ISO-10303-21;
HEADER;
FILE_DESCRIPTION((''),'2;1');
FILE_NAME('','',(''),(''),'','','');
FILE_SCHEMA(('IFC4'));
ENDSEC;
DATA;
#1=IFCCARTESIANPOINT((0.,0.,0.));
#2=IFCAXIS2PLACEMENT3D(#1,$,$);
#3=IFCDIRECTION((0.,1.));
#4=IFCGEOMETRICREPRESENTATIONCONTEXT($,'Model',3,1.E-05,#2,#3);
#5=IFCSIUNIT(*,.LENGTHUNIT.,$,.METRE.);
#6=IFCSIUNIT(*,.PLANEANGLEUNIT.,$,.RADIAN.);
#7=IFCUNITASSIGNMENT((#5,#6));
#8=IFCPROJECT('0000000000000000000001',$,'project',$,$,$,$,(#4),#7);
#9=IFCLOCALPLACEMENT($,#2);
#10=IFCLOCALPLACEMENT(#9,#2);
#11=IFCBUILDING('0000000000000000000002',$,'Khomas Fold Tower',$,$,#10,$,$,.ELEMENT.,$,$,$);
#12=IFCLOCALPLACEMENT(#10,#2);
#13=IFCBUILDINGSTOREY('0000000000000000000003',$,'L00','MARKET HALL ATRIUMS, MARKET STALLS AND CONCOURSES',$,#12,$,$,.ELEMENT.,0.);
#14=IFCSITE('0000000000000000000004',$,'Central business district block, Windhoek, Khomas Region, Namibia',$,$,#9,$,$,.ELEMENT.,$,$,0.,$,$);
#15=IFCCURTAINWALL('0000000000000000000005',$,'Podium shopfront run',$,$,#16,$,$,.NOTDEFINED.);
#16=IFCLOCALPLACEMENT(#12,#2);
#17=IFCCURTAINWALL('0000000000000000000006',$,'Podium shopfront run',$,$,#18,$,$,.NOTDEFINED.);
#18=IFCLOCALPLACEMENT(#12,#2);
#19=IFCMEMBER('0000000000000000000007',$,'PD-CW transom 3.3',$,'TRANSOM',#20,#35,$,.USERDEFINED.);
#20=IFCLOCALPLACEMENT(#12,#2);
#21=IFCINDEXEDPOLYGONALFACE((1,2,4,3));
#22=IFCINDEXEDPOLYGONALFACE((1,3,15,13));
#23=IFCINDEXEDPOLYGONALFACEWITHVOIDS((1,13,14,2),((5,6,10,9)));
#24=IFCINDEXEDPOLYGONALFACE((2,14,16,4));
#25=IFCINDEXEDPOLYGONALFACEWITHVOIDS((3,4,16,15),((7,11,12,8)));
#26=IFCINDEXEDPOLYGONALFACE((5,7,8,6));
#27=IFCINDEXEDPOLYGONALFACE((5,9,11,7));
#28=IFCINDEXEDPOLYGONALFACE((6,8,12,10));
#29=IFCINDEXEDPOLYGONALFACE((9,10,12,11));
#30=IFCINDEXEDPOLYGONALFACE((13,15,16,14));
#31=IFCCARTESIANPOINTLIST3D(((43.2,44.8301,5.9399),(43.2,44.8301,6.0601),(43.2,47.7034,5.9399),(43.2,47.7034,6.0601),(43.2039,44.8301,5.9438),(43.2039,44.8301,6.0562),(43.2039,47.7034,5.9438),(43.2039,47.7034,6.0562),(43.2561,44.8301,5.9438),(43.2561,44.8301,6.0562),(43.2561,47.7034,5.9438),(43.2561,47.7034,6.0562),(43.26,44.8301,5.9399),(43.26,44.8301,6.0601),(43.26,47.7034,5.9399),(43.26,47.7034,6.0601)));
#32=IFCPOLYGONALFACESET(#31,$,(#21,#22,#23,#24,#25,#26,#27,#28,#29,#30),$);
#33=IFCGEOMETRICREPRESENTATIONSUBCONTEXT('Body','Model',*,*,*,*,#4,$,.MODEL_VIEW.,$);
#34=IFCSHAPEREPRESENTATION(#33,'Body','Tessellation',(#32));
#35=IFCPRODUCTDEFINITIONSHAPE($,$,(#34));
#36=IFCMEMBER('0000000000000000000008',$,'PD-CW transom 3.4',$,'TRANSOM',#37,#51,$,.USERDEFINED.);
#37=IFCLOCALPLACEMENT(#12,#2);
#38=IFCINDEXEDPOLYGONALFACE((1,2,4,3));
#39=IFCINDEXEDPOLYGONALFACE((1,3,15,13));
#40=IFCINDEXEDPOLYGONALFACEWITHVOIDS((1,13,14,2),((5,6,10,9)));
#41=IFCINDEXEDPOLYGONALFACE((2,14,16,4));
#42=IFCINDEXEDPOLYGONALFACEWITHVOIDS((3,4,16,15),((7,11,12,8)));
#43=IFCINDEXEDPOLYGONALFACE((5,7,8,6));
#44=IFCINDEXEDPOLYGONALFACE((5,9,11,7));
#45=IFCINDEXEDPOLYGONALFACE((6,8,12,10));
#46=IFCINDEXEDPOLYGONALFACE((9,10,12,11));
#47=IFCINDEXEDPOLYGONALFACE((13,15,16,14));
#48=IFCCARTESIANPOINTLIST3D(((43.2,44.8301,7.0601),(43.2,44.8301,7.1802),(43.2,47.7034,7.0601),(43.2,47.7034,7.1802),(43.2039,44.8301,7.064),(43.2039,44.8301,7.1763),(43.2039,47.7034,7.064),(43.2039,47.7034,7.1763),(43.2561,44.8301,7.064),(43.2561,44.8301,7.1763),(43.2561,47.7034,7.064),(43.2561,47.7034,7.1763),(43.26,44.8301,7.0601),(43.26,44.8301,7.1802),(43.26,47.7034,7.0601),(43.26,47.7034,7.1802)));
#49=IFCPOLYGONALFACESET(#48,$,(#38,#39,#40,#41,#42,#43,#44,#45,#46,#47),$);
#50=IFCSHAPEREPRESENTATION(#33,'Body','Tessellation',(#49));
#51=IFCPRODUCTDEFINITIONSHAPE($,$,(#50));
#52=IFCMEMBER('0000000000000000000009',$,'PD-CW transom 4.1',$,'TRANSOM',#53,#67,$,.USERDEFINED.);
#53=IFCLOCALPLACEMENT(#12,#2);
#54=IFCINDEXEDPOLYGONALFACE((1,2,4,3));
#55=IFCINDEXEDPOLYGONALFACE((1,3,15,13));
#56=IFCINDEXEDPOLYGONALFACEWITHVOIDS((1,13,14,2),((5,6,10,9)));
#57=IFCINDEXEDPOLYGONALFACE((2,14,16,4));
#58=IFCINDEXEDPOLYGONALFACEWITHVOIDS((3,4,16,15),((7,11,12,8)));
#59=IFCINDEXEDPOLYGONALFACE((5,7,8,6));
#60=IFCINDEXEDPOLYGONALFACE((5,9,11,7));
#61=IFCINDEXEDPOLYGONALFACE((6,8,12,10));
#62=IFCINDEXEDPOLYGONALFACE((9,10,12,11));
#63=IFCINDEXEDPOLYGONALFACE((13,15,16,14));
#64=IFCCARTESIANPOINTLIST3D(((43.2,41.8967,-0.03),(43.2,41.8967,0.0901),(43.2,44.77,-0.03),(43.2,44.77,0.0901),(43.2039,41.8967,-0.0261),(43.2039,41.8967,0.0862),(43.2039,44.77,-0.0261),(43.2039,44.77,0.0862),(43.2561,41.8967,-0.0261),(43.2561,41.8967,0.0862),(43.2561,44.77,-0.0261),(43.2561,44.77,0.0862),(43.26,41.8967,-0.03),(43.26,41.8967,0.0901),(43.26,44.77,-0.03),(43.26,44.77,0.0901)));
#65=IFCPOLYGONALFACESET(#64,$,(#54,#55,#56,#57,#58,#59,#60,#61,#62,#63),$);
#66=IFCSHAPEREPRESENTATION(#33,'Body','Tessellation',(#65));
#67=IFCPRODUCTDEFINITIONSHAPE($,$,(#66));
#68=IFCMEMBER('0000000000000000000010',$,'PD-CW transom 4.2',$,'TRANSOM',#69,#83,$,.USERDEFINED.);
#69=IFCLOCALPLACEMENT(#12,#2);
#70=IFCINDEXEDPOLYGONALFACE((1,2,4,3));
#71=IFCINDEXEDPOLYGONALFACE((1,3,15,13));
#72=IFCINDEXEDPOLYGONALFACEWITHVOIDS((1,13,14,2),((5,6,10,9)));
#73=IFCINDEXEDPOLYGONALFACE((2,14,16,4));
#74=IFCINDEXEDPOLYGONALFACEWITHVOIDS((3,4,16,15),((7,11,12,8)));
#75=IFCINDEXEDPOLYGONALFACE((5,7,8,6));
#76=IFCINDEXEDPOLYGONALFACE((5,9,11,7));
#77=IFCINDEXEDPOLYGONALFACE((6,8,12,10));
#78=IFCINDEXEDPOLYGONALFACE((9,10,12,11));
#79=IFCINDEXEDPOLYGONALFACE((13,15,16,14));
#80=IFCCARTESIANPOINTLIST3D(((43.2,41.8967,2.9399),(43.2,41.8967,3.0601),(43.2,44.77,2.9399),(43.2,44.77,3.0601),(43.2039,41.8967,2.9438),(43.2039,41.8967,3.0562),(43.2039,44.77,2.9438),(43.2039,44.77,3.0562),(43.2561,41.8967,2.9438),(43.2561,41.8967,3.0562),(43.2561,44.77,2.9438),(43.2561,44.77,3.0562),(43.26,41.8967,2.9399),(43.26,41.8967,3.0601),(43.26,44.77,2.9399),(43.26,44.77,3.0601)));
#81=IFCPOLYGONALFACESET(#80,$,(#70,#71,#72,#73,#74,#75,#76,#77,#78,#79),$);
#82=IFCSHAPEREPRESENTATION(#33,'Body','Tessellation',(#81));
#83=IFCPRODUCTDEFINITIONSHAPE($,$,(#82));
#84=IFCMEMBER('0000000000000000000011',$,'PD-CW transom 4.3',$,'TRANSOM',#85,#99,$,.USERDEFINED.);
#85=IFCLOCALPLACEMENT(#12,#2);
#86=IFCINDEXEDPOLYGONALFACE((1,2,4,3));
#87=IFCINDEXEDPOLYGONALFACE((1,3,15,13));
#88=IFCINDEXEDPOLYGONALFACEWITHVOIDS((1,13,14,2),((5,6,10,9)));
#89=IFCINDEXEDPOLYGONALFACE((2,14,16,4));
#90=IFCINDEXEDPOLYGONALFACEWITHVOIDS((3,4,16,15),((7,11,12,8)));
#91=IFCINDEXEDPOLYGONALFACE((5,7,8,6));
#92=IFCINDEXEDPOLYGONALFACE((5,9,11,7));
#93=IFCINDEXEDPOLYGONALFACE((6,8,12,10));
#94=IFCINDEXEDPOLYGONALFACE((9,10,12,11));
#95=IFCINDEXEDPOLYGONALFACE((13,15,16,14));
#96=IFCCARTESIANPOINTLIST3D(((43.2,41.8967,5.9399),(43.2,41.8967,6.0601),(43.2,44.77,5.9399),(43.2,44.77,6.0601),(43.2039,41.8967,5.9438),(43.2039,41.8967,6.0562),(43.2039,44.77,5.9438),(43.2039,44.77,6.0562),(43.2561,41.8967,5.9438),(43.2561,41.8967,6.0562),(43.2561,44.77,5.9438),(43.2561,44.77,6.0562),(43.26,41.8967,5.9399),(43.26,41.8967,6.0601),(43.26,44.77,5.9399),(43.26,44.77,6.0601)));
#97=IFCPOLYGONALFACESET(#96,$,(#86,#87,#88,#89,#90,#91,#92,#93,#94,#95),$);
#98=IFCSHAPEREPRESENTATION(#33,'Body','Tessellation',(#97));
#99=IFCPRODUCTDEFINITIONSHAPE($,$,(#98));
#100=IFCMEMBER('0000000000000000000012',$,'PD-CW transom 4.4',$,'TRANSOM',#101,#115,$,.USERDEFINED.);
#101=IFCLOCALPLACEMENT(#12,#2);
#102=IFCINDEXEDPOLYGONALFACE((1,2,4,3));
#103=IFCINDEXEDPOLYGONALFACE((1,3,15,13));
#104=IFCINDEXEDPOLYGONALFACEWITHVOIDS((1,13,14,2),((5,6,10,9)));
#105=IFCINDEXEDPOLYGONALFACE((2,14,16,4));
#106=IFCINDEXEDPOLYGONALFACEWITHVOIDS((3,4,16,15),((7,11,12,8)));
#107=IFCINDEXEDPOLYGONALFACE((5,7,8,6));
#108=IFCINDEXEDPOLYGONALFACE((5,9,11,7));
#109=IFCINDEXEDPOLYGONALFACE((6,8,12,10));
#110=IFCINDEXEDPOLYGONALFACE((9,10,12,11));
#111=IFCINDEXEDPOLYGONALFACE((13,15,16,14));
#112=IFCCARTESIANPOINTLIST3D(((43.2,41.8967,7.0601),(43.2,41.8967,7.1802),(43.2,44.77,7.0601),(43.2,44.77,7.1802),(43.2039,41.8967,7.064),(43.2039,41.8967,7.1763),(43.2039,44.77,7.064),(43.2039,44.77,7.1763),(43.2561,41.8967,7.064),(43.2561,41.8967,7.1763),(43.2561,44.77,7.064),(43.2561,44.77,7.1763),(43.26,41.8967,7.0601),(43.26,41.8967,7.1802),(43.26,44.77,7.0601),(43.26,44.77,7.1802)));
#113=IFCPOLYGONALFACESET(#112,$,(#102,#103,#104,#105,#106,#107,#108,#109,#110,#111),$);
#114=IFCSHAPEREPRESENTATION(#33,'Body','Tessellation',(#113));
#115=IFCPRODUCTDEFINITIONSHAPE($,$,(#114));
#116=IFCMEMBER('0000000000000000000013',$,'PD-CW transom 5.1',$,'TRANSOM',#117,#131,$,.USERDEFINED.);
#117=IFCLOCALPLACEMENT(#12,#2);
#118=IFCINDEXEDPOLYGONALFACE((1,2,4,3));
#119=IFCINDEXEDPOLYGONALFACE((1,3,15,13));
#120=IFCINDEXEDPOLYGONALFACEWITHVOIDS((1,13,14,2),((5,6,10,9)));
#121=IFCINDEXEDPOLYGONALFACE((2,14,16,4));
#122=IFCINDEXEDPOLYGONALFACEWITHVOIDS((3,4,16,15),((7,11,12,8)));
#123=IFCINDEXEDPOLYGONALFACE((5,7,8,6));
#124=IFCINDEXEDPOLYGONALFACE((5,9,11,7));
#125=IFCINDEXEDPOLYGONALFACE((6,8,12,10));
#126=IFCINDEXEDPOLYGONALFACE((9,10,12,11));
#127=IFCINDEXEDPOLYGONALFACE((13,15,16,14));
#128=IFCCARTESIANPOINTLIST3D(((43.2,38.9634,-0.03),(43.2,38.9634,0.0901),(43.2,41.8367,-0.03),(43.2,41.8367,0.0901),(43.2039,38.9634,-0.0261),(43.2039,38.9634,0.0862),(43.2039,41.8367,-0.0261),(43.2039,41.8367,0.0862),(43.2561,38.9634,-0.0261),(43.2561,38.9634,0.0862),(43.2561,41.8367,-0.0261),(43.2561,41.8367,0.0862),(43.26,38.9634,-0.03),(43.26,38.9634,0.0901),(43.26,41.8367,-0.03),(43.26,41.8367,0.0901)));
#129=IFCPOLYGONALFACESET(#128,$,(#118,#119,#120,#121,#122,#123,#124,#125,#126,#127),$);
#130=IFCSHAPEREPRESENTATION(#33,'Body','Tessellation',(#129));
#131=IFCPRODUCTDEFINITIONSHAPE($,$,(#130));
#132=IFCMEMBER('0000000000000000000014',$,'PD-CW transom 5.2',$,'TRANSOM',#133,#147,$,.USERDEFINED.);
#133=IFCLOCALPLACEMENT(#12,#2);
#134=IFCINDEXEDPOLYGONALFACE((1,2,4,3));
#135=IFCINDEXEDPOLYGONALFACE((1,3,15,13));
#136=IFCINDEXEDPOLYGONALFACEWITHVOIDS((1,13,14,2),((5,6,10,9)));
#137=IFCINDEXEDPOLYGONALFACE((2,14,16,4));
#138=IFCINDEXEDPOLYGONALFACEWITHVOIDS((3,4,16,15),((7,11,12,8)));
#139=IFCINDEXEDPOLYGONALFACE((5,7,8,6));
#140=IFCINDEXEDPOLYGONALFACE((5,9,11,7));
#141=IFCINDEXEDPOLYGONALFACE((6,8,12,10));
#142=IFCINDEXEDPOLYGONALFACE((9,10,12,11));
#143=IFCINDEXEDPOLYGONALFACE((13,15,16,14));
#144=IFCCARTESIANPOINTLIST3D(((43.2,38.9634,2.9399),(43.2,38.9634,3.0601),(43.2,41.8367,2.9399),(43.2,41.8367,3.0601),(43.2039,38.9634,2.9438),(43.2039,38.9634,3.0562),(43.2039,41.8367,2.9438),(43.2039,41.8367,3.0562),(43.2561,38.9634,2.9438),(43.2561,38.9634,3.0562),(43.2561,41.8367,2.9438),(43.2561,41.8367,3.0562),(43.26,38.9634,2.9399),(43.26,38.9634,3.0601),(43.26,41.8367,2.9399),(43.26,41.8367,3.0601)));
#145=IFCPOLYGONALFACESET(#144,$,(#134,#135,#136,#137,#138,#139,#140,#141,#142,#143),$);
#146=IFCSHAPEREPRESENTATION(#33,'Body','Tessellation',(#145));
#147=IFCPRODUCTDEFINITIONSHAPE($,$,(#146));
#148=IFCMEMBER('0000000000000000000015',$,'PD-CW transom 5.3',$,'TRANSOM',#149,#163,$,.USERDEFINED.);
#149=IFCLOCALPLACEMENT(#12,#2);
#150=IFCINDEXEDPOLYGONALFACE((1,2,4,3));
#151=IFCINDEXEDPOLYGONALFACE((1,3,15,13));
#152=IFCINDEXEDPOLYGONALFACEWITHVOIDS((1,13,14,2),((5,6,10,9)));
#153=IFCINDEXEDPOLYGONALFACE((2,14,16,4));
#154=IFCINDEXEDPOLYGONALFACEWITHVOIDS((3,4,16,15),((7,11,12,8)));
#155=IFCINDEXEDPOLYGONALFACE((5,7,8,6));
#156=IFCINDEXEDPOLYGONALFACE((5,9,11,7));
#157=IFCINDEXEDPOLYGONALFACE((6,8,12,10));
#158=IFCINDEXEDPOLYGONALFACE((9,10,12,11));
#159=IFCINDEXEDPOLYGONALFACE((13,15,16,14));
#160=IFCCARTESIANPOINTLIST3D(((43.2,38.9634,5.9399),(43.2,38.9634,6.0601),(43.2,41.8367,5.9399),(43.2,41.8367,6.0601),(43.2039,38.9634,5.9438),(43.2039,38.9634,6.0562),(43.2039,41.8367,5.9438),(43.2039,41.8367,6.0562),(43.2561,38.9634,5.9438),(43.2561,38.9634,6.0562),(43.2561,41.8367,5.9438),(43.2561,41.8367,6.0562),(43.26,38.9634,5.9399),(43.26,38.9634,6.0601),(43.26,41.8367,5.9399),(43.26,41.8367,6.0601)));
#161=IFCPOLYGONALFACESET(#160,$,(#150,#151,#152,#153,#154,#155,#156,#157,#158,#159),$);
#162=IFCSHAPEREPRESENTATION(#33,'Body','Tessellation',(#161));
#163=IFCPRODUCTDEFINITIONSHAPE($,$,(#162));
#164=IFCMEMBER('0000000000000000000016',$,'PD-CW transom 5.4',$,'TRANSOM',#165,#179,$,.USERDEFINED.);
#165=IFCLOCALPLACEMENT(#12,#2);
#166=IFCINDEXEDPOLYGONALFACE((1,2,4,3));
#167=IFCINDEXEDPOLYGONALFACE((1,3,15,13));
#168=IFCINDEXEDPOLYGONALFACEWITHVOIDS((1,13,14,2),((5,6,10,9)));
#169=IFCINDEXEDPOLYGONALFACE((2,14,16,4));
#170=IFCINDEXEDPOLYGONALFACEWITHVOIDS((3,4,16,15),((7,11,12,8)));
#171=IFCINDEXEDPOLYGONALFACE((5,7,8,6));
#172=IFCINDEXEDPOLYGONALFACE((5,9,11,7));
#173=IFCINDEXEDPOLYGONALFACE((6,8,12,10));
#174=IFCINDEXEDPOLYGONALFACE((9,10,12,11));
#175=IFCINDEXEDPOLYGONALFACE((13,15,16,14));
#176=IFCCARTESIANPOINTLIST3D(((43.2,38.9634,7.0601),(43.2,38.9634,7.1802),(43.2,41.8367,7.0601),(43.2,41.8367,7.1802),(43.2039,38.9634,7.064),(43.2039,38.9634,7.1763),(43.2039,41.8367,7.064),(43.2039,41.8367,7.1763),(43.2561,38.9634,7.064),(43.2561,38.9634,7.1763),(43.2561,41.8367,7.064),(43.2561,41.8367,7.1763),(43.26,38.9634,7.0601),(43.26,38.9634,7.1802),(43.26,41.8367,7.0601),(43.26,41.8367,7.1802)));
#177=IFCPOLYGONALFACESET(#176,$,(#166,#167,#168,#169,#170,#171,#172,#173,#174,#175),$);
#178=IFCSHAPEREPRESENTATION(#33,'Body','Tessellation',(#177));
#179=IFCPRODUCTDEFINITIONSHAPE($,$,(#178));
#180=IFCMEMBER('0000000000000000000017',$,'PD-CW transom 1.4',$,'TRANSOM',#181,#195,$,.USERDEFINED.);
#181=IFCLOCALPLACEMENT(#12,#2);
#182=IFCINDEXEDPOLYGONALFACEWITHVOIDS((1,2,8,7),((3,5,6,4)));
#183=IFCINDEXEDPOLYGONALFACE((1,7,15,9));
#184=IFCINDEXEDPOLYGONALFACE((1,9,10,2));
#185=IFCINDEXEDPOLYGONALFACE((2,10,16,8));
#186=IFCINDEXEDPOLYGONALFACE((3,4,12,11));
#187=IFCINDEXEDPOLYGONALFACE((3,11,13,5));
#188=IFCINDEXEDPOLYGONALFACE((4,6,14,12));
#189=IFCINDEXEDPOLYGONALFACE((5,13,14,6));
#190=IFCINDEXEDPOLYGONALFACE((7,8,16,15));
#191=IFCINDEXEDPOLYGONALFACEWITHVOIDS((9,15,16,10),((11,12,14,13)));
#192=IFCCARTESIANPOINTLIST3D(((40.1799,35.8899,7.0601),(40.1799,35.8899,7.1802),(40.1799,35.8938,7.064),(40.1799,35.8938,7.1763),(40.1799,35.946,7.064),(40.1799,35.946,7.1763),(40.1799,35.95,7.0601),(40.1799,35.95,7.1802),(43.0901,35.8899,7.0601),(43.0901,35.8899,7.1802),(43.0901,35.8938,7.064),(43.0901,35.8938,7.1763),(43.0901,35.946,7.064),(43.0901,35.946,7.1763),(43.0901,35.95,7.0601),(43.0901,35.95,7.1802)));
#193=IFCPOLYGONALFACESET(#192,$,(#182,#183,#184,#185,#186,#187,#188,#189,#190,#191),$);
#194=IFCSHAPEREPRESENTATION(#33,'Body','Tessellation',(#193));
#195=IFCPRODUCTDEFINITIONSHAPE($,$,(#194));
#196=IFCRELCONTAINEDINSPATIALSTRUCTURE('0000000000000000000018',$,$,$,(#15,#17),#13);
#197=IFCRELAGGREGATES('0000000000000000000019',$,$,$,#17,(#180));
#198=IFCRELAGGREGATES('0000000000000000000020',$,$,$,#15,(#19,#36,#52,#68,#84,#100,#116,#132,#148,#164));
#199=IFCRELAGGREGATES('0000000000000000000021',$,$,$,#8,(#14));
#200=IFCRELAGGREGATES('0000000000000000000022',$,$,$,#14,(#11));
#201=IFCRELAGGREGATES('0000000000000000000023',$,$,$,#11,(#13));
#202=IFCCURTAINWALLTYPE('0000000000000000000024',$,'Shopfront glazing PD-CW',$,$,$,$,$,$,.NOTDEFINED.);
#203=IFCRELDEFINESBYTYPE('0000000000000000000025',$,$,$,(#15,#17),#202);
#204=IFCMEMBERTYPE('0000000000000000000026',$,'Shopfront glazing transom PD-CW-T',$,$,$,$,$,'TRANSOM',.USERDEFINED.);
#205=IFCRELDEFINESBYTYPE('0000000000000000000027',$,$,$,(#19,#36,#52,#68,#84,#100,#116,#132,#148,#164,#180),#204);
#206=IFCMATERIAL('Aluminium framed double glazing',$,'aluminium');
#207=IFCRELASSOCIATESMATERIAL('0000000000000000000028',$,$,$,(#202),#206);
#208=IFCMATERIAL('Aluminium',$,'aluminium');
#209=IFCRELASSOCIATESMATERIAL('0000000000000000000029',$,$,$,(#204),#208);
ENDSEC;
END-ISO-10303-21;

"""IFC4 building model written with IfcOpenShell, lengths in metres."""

from ifc_helpers import new_model, si_unit, direction, frame, origin, origin_2d, place, context, subcontext, project, spatial, hollow_rectangle, extrude, source, transform, mapped, material, material_profile, profile_set, type_object, element, aggregate, save


model = new_model("IFC4")

# Units and contexts
model_context = context("Model", 3, precision=1e-05, world=origin(), true_north=direction((0.0, 1.0)))
body_context = subcontext(model_context, "Body", "Model", "MODEL_VIEW")
ifc_project = project(units=[si_unit("LENGTHUNIT", "METRE"), si_unit("PLANEANGLEUNIT", "RADIAN")], contexts=[model_context])

# Site, building, storey
site_placement = place(None, origin())
site = spatial("IfcSite", under=ifc_project, at=site_placement, Name="Central business district block, Windhoek, Khomas Region, Namibia", CompositionType="ELEMENT", RefElevation=0.0)
building_placement = place(site_placement, origin())
building = spatial("IfcBuilding", under=site, at=building_placement, Name="Khomas Fold Tower", CompositionType="ELEMENT")
storey_placement = place(building_placement, origin())
storey = spatial("IfcBuildingStorey", under=building, at=storey_placement, Name="L00", Description="MARKET HALL ATRIUMS, MARKET STALLS AND CONCOURSES", CompositionType="ELEMENT", Elevation=0.0)

# Curtain wall
ifc_material_1 = material(Name="Aluminium framed double glazing", Category="aluminium")
curtain_wall_type = type_object("IfcCurtainWallType", Name="Shopfront glazing PD-CW", PredefinedType="NOTDEFINED", material=ifc_material_1)
curtain_wall_1_placement = place(storey_placement, origin())
curtain_wall_1 = element("IfcCurtainWall", 1, at=curtain_wall_1_placement, inside=storey, type_object=curtain_wall_type, Name="Podium shopfront run", PredefinedType="NOTDEFINED")

# Curtain wall
curtain_wall_2_placement = place(storey_placement, origin())
curtain_wall_2 = element("IfcCurtainWall", 2, at=curtain_wall_2_placement, inside=storey, type_object=curtain_wall_type, Name="Podium shopfront run", PredefinedType="NOTDEFINED")

# Members
ifc_material_2 = material(Name="Aluminium", Category="aluminium")
ifc_material_profile_1 = material_profile(ifc_material_2, hollow_rectangle(XDim=0.0601, YDim=0.1201, WallThickness=0.0039, at=origin_2d()), Name="Shopfront glazing transom PD-CW-T")
ifc_profile_set_1 = profile_set([ifc_material_profile_1], Name="Aluminium")
member_type_1 = type_object("IfcMemberType", Name="Shopfront glazing transom PD-CW-T", ElementType="TRANSOM", PredefinedType="USERDEFINED", material=ifc_profile_set_1)
shared_shape_1 = source(origin(), body_context, "Body", "SweptSolid", [
    extrude(hollow_rectangle(XDim=0.0601, YDim=0.1201, WallThickness=0.0039, at=origin_2d()), origin(), (0.0, 0.0, 1.0), 2.8733),
])
member_1_placement = place(storey_placement, frame((43.23, 47.7034, 6.0), z_axis=(0.0, -1.0, 0.0), x_axis=(1.0, 0.0, 0.0)))
member_1 = element("IfcMember", 3, at=member_1_placement, type_object=member_type_1, Name="PD-CW transom 3.3", ObjectType="TRANSOM", PredefinedType="USERDEFINED", context=body_context, shape_type="MappedRepresentation", body=[
    mapped(shared_shape_1, transform((0.0, 0.0, 0.0))),
])
member_2_placement = place(storey_placement, frame((43.23, 47.7034, 7.1201), z_axis=(0.0, -1.0, 0.0), x_axis=(1.0, 0.0, 0.0)))
member_2 = element("IfcMember", 4, at=member_2_placement, type_object=member_type_1, Name="PD-CW transom 3.4", ObjectType="TRANSOM", PredefinedType="USERDEFINED", context=body_context, shape_type="MappedRepresentation", body=[
    mapped(shared_shape_1, transform((0.0, 0.0, 0.0))),
])
member_3_placement = place(storey_placement, frame((43.23, 44.77, 0.03), z_axis=(0.0, -1.0, 0.0), x_axis=(1.0, 0.0, 0.0)))
member_3 = element("IfcMember", 5, at=member_3_placement, type_object=member_type_1, Name="PD-CW transom 4.1", ObjectType="TRANSOM", PredefinedType="USERDEFINED", context=body_context, shape_type="MappedRepresentation", body=[
    mapped(shared_shape_1, transform((0.0, 0.0, 0.0))),
])
member_4_placement = place(storey_placement, frame((43.23, 44.77, 3.0), z_axis=(0.0, -1.0, 0.0), x_axis=(1.0, 0.0, 0.0)))
member_4 = element("IfcMember", 6, at=member_4_placement, type_object=member_type_1, Name="PD-CW transom 4.2", ObjectType="TRANSOM", PredefinedType="USERDEFINED", context=body_context, shape_type="MappedRepresentation", body=[
    mapped(shared_shape_1, transform((0.0, 0.0, 0.0))),
])
member_5_placement = place(storey_placement, frame((43.23, 44.77, 6.0), z_axis=(0.0, -1.0, 0.0), x_axis=(1.0, 0.0, 0.0)))
member_5 = element("IfcMember", 7, at=member_5_placement, type_object=member_type_1, Name="PD-CW transom 4.3", ObjectType="TRANSOM", PredefinedType="USERDEFINED", context=body_context, shape_type="MappedRepresentation", body=[
    mapped(shared_shape_1, transform((0.0, 0.0, 0.0))),
])
member_6_placement = place(storey_placement, frame((43.23, 44.77, 7.1201), z_axis=(0.0, -1.0, 0.0), x_axis=(1.0, 0.0, 0.0)))
member_6 = element("IfcMember", 8, at=member_6_placement, type_object=member_type_1, Name="PD-CW transom 4.4", ObjectType="TRANSOM", PredefinedType="USERDEFINED", context=body_context, shape_type="MappedRepresentation", body=[
    mapped(shared_shape_1, transform((0.0, 0.0, 0.0))),
])
member_7_placement = place(storey_placement, frame((43.23, 41.8367, 0.03), z_axis=(0.0, -1.0, 0.0), x_axis=(1.0, 0.0, 0.0)))
member_7 = element("IfcMember", 9, at=member_7_placement, type_object=member_type_1, Name="PD-CW transom 5.1", ObjectType="TRANSOM", PredefinedType="USERDEFINED", context=body_context, shape_type="MappedRepresentation", body=[
    mapped(shared_shape_1, transform((0.0, 0.0, 0.0))),
])
member_8_placement = place(storey_placement, frame((43.23, 41.8367, 3.0), z_axis=(0.0, -1.0, 0.0), x_axis=(1.0, 0.0, 0.0)))
member_8 = element("IfcMember", 10, at=member_8_placement, type_object=member_type_1, Name="PD-CW transom 5.2", ObjectType="TRANSOM", PredefinedType="USERDEFINED", context=body_context, shape_type="MappedRepresentation", body=[
    mapped(shared_shape_1, transform((0.0, 0.0, 0.0))),
])
member_9_placement = place(storey_placement, frame((43.23, 41.8367, 6.0), z_axis=(0.0, -1.0, 0.0), x_axis=(1.0, 0.0, 0.0)))
member_9 = element("IfcMember", 11, at=member_9_placement, type_object=member_type_1, Name="PD-CW transom 5.3", ObjectType="TRANSOM", PredefinedType="USERDEFINED", context=body_context, shape_type="MappedRepresentation", body=[
    mapped(shared_shape_1, transform((0.0, 0.0, 0.0))),
])
member_10_placement = place(storey_placement, frame((43.23, 41.8367, 7.1201), z_axis=(0.0, -1.0, 0.0), x_axis=(1.0, 0.0, 0.0)))
member_10 = element("IfcMember", 12, at=member_10_placement, type_object=member_type_1, Name="PD-CW transom 5.4", ObjectType="TRANSOM", PredefinedType="USERDEFINED", context=body_context, shape_type="MappedRepresentation", body=[
    mapped(shared_shape_1, transform((0.0, 0.0, 0.0))),
])
shared_shape_2 = source(origin(), body_context, "Body", "SweptSolid", [
    extrude(hollow_rectangle(XDim=0.0601, YDim=0.1201, WallThickness=0.0039, at=origin_2d()), origin(), (0.0, 0.0, 1.0), 2.9102),
])
member_11_placement = place(storey_placement, frame((43.0901, 35.9199, 7.1201), z_axis=(-1.0, 0.0, 0.0), x_axis=(0.0, -1.0, 0.0)))
member_11 = element("IfcMember", 13, at=member_11_placement, type_object=member_type_1, Name="PD-CW transom 1.4", ObjectType="TRANSOM", PredefinedType="USERDEFINED", context=body_context, shape_type="MappedRepresentation", body=[
    mapped(shared_shape_2, transform((0.0, 0.0, 0.0))),
])
aggregate(curtain_wall_2, [member_11])

aggregate(curtain_wall_1, [member_1, member_2, member_3, member_4, member_5, member_6, member_7, member_8, member_9, member_10])

save(model, "model.ifc")
